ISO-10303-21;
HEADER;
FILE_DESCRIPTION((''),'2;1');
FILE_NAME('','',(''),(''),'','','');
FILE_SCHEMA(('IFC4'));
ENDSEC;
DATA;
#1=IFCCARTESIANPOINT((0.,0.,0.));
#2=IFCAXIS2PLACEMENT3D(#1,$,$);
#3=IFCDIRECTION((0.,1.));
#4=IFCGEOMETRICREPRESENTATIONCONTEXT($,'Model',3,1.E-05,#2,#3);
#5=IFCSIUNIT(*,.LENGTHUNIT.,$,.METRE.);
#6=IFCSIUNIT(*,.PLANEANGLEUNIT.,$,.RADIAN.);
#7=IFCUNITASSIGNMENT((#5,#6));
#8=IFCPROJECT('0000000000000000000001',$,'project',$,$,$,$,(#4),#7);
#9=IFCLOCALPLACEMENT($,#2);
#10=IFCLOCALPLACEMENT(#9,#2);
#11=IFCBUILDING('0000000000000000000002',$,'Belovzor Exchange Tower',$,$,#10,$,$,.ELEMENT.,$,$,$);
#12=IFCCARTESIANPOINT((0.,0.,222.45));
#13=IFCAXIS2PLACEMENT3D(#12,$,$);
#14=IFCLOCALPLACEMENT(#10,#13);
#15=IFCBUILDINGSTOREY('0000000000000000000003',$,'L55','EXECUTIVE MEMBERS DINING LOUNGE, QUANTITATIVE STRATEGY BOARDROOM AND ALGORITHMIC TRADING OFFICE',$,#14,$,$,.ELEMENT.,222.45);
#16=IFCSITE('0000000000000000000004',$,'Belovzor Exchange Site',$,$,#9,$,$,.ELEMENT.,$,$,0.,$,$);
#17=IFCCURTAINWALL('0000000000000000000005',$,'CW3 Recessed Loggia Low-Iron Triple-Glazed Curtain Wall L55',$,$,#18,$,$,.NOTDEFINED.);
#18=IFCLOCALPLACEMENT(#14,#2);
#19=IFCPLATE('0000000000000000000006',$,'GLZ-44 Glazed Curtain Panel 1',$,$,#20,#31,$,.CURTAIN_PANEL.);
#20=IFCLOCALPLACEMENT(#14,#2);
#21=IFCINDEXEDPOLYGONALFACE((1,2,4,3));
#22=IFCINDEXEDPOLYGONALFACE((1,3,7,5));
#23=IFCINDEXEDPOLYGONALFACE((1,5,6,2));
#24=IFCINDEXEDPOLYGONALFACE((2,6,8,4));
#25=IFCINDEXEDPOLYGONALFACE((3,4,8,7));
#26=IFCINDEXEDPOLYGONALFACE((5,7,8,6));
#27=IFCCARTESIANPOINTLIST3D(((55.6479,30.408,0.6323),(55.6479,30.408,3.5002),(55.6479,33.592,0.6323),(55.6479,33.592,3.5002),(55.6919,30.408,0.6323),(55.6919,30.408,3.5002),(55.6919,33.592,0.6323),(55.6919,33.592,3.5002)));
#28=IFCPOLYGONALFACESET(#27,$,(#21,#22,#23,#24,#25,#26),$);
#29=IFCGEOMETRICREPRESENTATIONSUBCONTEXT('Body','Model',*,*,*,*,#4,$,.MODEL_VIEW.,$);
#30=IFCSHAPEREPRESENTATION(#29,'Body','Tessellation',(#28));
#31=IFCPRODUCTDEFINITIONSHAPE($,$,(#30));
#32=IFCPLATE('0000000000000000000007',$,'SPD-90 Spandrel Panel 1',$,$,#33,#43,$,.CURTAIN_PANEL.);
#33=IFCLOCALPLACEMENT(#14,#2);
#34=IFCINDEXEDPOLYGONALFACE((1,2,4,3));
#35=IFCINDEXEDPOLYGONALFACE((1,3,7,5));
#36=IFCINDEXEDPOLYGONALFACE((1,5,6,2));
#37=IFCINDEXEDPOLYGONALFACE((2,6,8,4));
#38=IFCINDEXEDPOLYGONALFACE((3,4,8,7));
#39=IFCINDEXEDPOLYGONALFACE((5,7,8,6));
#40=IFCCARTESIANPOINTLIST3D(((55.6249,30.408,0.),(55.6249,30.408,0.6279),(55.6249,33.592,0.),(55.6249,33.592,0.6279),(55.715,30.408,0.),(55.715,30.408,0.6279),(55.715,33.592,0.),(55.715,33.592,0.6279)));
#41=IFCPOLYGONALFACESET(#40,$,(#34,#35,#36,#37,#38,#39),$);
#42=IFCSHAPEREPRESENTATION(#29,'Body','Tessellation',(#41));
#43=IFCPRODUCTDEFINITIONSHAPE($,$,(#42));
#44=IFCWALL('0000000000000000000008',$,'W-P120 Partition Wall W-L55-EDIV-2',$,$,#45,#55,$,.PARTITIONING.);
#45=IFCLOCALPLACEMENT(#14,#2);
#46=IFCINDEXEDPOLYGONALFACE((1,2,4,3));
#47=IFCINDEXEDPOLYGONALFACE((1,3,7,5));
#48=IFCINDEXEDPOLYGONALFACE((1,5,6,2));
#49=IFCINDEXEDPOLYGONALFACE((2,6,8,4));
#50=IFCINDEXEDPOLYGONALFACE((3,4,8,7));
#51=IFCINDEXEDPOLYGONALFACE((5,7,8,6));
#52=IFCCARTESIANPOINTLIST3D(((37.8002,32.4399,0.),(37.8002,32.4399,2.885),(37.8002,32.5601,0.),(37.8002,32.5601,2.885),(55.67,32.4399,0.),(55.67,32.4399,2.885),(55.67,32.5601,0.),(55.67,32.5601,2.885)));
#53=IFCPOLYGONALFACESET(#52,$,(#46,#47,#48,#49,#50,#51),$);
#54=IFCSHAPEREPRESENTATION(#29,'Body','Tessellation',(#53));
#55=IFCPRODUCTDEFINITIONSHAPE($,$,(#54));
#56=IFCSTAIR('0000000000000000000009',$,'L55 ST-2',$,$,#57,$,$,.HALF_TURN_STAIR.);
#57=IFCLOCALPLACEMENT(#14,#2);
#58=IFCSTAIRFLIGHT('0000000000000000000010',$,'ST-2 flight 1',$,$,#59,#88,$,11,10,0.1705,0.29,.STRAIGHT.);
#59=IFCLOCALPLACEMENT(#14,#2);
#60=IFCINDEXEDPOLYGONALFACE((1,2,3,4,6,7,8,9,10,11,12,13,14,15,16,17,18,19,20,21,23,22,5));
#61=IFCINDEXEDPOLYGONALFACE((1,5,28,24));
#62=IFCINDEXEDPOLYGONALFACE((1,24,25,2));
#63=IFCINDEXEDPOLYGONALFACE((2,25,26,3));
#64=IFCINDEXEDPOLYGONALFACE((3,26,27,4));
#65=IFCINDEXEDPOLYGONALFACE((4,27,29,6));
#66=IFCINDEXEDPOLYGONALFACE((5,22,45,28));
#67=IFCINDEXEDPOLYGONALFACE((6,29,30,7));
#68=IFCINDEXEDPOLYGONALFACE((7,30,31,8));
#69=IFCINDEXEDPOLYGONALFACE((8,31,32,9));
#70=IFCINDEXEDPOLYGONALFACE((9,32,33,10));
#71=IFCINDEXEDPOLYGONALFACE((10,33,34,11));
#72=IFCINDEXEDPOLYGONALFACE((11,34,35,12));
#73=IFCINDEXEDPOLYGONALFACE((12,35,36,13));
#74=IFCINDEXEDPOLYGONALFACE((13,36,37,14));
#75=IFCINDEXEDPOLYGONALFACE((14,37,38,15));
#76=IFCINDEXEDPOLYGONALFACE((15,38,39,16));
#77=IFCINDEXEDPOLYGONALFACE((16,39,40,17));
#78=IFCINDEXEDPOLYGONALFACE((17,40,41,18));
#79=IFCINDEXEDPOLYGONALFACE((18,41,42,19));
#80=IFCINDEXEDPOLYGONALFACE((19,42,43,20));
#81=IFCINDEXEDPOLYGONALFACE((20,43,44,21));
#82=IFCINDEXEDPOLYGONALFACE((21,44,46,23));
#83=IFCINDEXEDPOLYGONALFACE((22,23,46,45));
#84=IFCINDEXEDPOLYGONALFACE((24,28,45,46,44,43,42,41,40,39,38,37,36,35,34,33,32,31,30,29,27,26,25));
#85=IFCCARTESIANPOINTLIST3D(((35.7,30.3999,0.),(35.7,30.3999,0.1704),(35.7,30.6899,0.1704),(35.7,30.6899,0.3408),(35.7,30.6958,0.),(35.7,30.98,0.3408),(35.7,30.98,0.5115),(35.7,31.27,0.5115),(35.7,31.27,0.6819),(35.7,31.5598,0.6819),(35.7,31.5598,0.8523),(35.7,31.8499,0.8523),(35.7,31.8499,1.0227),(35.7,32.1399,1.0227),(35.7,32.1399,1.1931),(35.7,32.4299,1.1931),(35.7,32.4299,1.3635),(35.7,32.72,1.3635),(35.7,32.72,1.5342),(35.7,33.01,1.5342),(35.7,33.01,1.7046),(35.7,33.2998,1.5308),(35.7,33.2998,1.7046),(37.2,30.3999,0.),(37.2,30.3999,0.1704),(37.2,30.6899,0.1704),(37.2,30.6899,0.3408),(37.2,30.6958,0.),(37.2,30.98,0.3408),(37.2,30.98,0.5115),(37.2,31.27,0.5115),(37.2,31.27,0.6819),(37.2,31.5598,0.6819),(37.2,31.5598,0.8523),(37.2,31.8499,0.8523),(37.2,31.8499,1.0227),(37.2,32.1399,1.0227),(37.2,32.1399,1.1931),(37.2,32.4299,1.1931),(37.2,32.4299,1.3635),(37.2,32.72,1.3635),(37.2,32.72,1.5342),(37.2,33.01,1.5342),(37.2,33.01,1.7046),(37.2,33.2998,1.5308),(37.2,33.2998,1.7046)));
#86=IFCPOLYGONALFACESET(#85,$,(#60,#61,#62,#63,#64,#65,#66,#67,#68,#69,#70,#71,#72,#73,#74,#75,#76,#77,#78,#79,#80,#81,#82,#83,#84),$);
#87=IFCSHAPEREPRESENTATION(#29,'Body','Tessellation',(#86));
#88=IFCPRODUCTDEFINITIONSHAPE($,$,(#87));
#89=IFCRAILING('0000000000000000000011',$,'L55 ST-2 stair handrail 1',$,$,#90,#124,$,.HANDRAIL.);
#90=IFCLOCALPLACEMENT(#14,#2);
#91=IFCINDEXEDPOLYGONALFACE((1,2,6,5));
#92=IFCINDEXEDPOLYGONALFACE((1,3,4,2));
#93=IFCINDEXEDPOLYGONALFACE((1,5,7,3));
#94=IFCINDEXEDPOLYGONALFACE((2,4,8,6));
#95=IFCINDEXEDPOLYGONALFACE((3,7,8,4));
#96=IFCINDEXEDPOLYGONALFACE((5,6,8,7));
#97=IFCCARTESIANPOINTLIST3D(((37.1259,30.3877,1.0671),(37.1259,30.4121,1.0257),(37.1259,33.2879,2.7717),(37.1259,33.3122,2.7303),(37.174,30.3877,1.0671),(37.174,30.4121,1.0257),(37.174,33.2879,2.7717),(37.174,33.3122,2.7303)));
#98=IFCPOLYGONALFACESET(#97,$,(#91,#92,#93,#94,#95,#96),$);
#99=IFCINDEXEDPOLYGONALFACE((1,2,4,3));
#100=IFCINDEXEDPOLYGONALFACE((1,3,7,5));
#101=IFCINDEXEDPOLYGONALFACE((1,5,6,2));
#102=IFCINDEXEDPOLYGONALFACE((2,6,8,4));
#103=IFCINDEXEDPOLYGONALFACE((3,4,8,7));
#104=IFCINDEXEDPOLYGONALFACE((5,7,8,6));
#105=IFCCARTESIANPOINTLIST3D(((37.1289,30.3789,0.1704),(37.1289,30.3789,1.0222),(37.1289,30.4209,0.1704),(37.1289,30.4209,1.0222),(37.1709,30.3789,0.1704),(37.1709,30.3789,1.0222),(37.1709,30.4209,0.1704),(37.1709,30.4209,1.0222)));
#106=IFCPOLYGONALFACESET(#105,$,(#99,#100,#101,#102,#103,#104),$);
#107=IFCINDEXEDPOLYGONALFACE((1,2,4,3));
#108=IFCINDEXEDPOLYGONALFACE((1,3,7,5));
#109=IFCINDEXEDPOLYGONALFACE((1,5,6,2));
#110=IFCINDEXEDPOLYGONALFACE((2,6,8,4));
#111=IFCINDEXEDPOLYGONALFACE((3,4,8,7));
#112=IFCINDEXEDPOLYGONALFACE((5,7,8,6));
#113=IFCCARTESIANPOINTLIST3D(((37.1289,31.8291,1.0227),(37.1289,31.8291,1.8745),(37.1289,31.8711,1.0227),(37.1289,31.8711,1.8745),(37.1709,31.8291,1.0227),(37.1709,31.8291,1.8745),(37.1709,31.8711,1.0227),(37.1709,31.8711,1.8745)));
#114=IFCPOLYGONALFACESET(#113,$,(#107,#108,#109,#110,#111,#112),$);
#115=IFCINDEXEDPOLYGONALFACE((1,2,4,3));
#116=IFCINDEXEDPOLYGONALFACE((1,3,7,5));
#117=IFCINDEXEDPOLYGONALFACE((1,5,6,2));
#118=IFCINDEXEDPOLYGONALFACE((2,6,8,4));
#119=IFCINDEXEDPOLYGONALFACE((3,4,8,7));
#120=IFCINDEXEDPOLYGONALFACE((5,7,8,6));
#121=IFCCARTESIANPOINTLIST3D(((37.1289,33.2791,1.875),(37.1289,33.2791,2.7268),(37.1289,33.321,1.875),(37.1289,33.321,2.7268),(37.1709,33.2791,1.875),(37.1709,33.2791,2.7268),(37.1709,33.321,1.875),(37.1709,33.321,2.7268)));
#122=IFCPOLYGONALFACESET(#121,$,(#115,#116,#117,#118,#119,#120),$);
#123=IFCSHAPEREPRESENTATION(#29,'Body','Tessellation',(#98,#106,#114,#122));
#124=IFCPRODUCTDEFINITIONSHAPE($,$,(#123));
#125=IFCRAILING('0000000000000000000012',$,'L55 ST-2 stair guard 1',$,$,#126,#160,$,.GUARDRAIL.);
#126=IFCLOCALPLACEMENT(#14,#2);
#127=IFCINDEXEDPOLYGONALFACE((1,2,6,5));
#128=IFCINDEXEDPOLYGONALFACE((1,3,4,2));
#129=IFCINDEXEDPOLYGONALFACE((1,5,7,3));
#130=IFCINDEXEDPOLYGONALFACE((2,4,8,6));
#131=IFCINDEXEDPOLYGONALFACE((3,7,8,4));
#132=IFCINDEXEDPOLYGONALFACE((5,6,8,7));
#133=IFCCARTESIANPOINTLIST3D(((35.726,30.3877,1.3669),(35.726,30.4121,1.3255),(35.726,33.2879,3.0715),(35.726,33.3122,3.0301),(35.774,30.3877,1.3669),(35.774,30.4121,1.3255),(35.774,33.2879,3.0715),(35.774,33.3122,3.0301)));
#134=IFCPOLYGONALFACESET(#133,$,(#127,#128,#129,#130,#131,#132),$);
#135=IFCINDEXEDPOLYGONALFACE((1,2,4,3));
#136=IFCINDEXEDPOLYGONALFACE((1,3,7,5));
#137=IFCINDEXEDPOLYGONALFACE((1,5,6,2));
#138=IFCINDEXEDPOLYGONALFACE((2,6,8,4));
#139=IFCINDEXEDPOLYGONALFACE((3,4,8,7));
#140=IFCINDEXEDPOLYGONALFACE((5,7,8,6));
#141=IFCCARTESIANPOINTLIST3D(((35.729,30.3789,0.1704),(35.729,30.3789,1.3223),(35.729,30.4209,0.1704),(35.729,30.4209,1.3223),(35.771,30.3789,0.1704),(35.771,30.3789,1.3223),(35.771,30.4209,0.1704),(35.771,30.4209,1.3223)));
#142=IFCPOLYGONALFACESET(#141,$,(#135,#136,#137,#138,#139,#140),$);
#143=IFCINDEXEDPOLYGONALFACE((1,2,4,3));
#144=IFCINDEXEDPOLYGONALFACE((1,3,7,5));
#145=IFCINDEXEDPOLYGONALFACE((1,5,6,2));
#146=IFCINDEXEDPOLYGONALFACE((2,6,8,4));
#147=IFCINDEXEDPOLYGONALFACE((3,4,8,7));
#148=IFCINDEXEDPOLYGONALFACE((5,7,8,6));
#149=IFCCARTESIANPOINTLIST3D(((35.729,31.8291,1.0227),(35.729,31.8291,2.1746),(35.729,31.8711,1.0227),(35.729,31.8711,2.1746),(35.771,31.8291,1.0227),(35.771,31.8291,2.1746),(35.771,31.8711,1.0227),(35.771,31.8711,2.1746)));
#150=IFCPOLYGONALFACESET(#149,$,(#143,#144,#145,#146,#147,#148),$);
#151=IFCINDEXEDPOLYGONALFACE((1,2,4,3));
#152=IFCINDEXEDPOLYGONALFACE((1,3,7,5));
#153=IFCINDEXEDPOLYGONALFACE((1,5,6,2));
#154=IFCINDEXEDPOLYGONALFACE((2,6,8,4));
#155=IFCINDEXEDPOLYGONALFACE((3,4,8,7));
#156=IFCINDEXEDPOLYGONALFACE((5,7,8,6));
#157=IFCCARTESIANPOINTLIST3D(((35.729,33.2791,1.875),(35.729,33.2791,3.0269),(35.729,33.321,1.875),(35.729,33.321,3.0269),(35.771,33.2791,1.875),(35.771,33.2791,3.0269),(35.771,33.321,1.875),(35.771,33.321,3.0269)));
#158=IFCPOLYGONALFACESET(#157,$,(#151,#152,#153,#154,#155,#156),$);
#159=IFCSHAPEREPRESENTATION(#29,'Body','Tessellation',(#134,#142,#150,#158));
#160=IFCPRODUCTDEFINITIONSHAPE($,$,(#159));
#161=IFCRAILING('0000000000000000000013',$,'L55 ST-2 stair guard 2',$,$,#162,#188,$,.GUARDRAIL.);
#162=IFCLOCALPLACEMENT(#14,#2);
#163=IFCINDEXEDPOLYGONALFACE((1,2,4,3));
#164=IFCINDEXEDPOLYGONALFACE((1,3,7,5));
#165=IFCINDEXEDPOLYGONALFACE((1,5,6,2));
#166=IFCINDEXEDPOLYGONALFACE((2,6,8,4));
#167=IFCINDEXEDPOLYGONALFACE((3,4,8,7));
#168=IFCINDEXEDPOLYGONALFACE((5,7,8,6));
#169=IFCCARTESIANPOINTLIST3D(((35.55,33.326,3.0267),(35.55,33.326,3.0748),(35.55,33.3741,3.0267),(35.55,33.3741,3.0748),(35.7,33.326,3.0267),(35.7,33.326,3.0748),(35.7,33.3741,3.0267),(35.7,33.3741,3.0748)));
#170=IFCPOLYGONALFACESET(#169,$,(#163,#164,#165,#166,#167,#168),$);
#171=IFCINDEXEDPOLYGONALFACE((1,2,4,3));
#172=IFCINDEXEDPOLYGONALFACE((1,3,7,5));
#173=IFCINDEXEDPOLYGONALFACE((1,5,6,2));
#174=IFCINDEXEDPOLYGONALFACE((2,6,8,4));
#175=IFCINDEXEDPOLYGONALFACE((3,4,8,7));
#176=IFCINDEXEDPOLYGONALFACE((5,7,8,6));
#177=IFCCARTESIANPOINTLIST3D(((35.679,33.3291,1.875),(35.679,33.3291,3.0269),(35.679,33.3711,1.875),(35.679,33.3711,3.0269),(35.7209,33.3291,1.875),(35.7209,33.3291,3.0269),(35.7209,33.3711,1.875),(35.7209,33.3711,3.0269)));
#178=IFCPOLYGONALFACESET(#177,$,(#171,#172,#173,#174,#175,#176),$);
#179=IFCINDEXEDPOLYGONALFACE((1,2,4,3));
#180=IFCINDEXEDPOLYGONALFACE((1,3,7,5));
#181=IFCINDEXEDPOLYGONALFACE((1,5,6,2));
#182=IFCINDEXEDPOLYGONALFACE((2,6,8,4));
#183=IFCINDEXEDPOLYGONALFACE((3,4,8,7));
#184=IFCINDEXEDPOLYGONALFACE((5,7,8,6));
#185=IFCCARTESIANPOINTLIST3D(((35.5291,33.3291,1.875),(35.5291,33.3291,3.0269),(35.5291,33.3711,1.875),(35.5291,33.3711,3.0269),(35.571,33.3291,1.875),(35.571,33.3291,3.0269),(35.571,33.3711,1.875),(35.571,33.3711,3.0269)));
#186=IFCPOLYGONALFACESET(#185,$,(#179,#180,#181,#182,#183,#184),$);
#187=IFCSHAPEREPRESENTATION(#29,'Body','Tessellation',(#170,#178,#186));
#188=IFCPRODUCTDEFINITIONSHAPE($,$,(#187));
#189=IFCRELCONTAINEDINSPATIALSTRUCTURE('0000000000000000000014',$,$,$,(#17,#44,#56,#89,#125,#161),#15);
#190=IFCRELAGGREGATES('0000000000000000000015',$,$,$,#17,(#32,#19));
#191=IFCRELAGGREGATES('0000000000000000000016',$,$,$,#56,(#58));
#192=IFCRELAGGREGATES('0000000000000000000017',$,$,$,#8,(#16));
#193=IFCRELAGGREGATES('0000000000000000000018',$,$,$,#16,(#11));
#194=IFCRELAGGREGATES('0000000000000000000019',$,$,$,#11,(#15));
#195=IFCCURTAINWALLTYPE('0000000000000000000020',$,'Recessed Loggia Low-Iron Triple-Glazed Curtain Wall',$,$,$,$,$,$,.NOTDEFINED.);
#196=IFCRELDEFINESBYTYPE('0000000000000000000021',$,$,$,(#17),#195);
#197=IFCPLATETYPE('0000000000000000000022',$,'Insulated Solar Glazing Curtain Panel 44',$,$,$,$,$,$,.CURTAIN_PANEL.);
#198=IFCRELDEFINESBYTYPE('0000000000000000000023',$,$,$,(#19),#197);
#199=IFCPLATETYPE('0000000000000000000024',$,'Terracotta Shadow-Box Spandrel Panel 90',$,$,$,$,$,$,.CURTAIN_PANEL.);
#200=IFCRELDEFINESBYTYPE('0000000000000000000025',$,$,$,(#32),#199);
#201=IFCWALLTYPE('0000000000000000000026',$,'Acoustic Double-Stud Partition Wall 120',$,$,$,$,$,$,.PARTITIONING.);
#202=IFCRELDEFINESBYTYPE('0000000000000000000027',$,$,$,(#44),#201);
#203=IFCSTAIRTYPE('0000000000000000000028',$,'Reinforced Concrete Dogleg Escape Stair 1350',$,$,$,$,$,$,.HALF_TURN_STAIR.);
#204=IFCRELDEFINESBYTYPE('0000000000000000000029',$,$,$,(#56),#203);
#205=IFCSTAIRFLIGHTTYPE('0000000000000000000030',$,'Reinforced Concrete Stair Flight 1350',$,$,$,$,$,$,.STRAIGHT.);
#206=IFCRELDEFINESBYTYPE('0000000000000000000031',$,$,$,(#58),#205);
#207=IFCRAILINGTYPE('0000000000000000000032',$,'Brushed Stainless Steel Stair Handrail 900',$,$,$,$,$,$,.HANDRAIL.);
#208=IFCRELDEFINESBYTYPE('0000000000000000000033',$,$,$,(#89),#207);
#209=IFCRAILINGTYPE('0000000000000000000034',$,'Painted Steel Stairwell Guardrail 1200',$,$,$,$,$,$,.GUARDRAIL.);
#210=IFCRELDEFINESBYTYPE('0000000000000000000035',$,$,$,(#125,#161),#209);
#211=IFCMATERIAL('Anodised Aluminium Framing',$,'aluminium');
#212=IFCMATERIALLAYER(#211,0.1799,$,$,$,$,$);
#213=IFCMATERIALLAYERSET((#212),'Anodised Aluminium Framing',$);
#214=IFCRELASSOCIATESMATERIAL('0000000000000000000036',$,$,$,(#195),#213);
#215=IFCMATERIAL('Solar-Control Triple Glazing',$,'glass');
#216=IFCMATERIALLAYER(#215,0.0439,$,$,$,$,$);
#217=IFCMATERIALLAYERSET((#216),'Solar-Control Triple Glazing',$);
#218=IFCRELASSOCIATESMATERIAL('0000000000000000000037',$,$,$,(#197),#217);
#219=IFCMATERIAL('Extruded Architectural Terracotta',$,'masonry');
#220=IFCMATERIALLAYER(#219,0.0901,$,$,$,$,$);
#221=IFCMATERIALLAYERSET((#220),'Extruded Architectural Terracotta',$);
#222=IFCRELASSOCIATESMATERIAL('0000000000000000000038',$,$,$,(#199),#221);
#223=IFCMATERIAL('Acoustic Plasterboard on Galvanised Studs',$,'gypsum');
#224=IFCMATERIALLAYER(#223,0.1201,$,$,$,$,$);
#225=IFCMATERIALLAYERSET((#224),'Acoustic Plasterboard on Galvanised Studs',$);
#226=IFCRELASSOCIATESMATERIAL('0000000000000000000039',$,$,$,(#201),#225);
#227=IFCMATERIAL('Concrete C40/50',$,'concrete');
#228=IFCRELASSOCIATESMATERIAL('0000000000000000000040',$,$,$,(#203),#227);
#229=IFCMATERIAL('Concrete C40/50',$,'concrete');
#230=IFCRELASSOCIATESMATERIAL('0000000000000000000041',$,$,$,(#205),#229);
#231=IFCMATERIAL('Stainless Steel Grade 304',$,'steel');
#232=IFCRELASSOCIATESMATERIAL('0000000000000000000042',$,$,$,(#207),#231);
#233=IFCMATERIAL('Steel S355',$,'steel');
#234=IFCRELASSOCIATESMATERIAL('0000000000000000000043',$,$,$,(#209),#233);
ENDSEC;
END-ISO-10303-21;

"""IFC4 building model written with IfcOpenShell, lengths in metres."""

from ifc_helpers import new_model, si_unit, direction, frame, frame_2d, origin, origin_2d, place, context, subcontext, project, spatial, polyline, rectangle, outline, extrude, material, layer, layer_set, type_object, element, aggregate, save


model = new_model("IFC4")

# Units and contexts
model_context = context("Model", 3, precision=1e-05, world=origin(), true_north=direction((0.0, 1.0)))
body_context = subcontext(model_context, "Body", "Model", "MODEL_VIEW")
ifc_project = project(units=[si_unit("LENGTHUNIT", "METRE"), si_unit("PLANEANGLEUNIT", "RADIAN")], contexts=[model_context])

# Site, building, storey
site_placement = place(None, origin())
site = spatial("IfcSite", under=ifc_project, at=site_placement, Name="Belovzor Exchange Site", CompositionType="ELEMENT", RefElevation=0.0)
building_placement = place(site_placement, origin())
building = spatial("IfcBuilding", under=site, at=building_placement, Name="Belovzor Exchange Tower", CompositionType="ELEMENT")
storey_placement = place(building_placement, frame((0.0, 0.0, 222.45)))
storey = spatial("IfcBuildingStorey", under=building, at=storey_placement, Name="L55", Description="EXECUTIVE MEMBERS DINING LOUNGE, QUANTITATIVE STRATEGY BOARDROOM AND ALGORITHMIC TRADING OFFICE", CompositionType="ELEMENT", Elevation=222.45)

# Curtain wall
ifc_material_1 = material(Name="Anodised Aluminium Framing", Category="aluminium")
ifc_layer_1 = layer(ifc_material_1, 0.1799)
ifc_layer_set_1 = layer_set([ifc_layer_1], Name="Anodised Aluminium Framing")
curtain_wall_type = type_object("IfcCurtainWallType", Name="Recessed Loggia Low-Iron Triple-Glazed Curtain Wall", PredefinedType="NOTDEFINED", material=ifc_layer_set_1)
curtain_wall_placement = place(storey_placement, origin())
curtain_wall = element("IfcCurtainWall", 1, at=curtain_wall_placement, inside=storey, type_object=curtain_wall_type, Name="CW3 Recessed Loggia Low-Iron Triple-Glazed Curtain Wall L55", PredefinedType="NOTDEFINED")

# Plates
ifc_material_2 = material(Name="Solar-Control Triple Glazing", Category="glass")
ifc_layer_2 = layer(ifc_material_2, 0.0439)
ifc_layer_set_2 = layer_set([ifc_layer_2], Name="Solar-Control Triple Glazing")
plate_type_1 = type_object("IfcPlateType", Name="Insulated Solar Glazing Curtain Panel 44", PredefinedType="CURTAIN_PANEL", material=ifc_layer_set_2)
plate_1_placement = place(storey_placement, frame((55.6699, 32.0, 0.6323), z_axis=(0.0, 0.0, 1.0), x_axis=(0.0, -1.0, 0.0)))
plate_1 = element("IfcPlate", 2, at=plate_1_placement, type_object=plate_type_1, Name="GLZ-44 Glazed Curtain Panel 1", PredefinedType="CURTAIN_PANEL", context=body_context, shape_type="SweptSolid", body=[
    extrude(rectangle(XDim=3.1841, YDim=0.0439, at=origin_2d()), origin(), (0.0, 0.0, 1.0), 2.8679),
])
ifc_material_3 = material(Name="Extruded Architectural Terracotta", Category="masonry")
ifc_layer_3 = layer(ifc_material_3, 0.0901)
ifc_layer_set_3 = layer_set([ifc_layer_3], Name="Extruded Architectural Terracotta")
plate_type_2 = type_object("IfcPlateType", Name="Terracotta Shadow-Box Spandrel Panel 90", PredefinedType="CURTAIN_PANEL", material=ifc_layer_set_3)
plate_2_placement = place(storey_placement, frame((55.6699, 32.0, 0.0), z_axis=(0.0, 0.0, 1.0), x_axis=(0.0, -1.0, 0.0)))
plate_2 = element("IfcPlate", 3, at=plate_2_placement, type_object=plate_type_2, Name="SPD-90 Spandrel Panel 1", PredefinedType="CURTAIN_PANEL", context=body_context, shape_type="SweptSolid", body=[
    extrude(rectangle(XDim=3.1841, YDim=0.0901, at=origin_2d()), origin(), (0.0, 0.0, 1.0), 0.6279),
])
aggregate(curtain_wall, [plate_2, plate_1])

# Wall
ifc_material_4 = material(Name="Acoustic Plasterboard on Galvanised Studs", Category="gypsum")
ifc_layer_4 = layer(ifc_material_4, 0.1201)
ifc_layer_set_4 = layer_set([ifc_layer_4], Name="Acoustic Plasterboard on Galvanised Studs")
wall_type = type_object("IfcWallType", Name="Acoustic Double-Stud Partition Wall 120", PredefinedType="PARTITIONING", material=ifc_layer_set_4)
wall_placement = place(storey_placement, frame((37.8, 32.5, 0.0), z_axis=(0.0, 0.0, 1.0), x_axis=(1.0, 0.0, 0.0)))
element("IfcWall", 4, at=wall_placement, inside=storey, type_object=wall_type, Name="W-P120 Partition Wall W-L55-EDIV-2", PredefinedType="PARTITIONING", context=body_context, shape_type="SweptSolid", body=[
    extrude(rectangle(XDim=17.8699, YDim=0.1201, at=frame_2d((8.9351, 0.0))), origin(), (0.0, 0.0, 1.0), 2.885),
])

# Stair, stair flight
ifc_material_5 = material(Name="Concrete C40/50", Category="concrete")
stair_type = type_object("IfcStairType", Name="Reinforced Concrete Dogleg Escape Stair 1350", PredefinedType="HALF_TURN_STAIR", material=ifc_material_5)
stair_placement = place(storey_placement, origin())
stair = element("IfcStair", 5, at=stair_placement, inside=storey, type_object=stair_type, Name="L55 ST-2", PredefinedType="HALF_TURN_STAIR")
ifc_material_6 = material(Name="Concrete C40/50", Category="concrete")
stair_flight_type = type_object("IfcStairFlightType", Name="Reinforced Concrete Stair Flight 1350", PredefinedType="STRAIGHT", material=ifc_material_6)
stair_flight_placement = place(storey_placement, frame((36.45, 30.3999, 0.0), z_axis=(0.0, 0.0, 1.0), x_axis=(0.0, 1.0, 0.0)))
stair_flight = element("IfcStairFlight", 6, at=stair_flight_placement, type_object=stair_flight_type, Name="ST-2 flight 1", NumberOfRisers=11, NumberOfTreads=10, PredefinedType="STRAIGHT", RiserHeight=0.1705, TreadLength=0.29, context=body_context, shape_type="SweptSolid", body=[
    extrude(outline(polyline([(0.0, 0.0), (0.0, 0.1704), (0.29, 0.1704), (0.29, 0.3408), (0.5801, 0.3408), (0.5801, 0.5115), (0.8701, 0.5115), (0.8701, 0.6819), (1.1599, 0.6819), (1.1599, 0.8523), (1.45, 0.8523), (1.45, 1.0227), (1.74, 1.0227), (1.74, 1.1931), (2.03, 1.1931), (2.03, 1.3635), (2.3201, 1.3635), (2.3201, 1.5342), (2.6101, 1.5342), (2.6101, 1.7046), (2.8999, 1.7046), (2.8999, 1.875), (2.8999, 1.5308), (0.2959, 0.0), (0.0, 0.0)])), frame((0.0, 0.75, 0.0), z_axis=(0.0, -1.0, 0.0), x_axis=(1.0, 0.0, 0.0)), (0.0, 0.0, 1.0), 1.5),
])
aggregate(stair, [stair_flight])

# Railings
ifc_material_7 = material(Name="Stainless Steel Grade 304", Category="steel")
railing_type_1 = type_object("IfcRailingType", Name="Brushed Stainless Steel Stair Handrail 900", PredefinedType="HANDRAIL", material=ifc_material_7)
railing_1_placement = place(storey_placement, frame((37.1499, 30.3999, 0.1704)))
element("IfcRailing", 7, at=railing_1_placement, inside=storey, type_object=railing_type_1, Name="L55 ST-2 stair handrail 1", PredefinedType="HANDRAIL", context=body_context, shape_type="SweptSolid", body=[
    extrude(rectangle(XDim=0.0481, YDim=0.0481, at=origin_2d()), frame((0.0, 0.0, 0.876), z_axis=(0.0, 0.862113, 0.506716), x_axis=(-1.0, 0.0, 0.0)), (0.0, 0.0, 1.0), 3.364),
    extrude(rectangle(XDim=0.042, YDim=0.042, at=origin_2d()), origin(), (0.0, 0.0, 1.0), 0.8518),
    extrude(rectangle(XDim=0.042, YDim=0.042, at=origin_2d()), frame((0.0, 1.4502, 0.8523)), (0.0, 0.0, 1.0), 0.8518),
    extrude(rectangle(XDim=0.042, YDim=0.042, at=origin_2d()), frame((0.0, 2.9001, 1.7046)), (0.0, 0.0, 1.0), 0.8518),
])
ifc_material_8 = material(Name="Steel S355", Category="steel")
railing_type_2 = type_object("IfcRailingType", Name="Painted Steel Stairwell Guardrail 1200", PredefinedType="GUARDRAIL", material=ifc_material_8)
railing_2_placement = place(storey_placement, frame((35.75, 30.3999, 0.1704)))
element("IfcRailing", 8, at=railing_2_placement, inside=storey, type_object=railing_type_2, Name="L55 ST-2 stair guard 1", PredefinedType="GUARDRAIL", context=body_context, shape_type="SweptSolid", body=[
    extrude(rectangle(XDim=0.0481, YDim=0.0481, at=origin_2d()), frame((0.0, 0.0, 1.1758), z_axis=(0.0, 0.862113, 0.506716), x_axis=(-1.0, 0.0, 0.0)), (0.0, 0.0, 1.0), 3.364),
    extrude(rectangle(XDim=0.042, YDim=0.042, at=origin_2d()), origin(), (0.0, 0.0, 1.0), 1.1519),
    extrude(rectangle(XDim=0.042, YDim=0.042, at=origin_2d()), frame((0.0, 1.4502, 0.8523)), (0.0, 0.0, 1.0), 1.1519),
    extrude(rectangle(XDim=0.042, YDim=0.042, at=origin_2d()), frame((0.0, 2.9001, 1.7046)), (0.0, 0.0, 1.0), 1.1519),
])
for number, where, name in (
    (9, (35.7, 33.3501, 1.875), "L55 ST-2 stair guard 2"),
):
    element("IfcRailing", number, at=place(storey_placement, frame(where)), inside=storey, type_object=railing_type_2, Name=name, PredefinedType="GUARDRAIL", context=body_context, shape_type="SweptSolid", body=[
        extrude(rectangle(XDim=0.0481, YDim=0.0481, at=origin_2d()), frame((0.0, 0.0, 1.1758), z_axis=(-1.0, 0.0, 0.0), x_axis=(0.0, -1.0, 0.0)), (0.0, 0.0, 1.0), 0.1499),
        extrude(rectangle(XDim=0.042, YDim=0.042, at=origin_2d()), origin(), (0.0, 0.0, 1.0), 1.1519),
        extrude(rectangle(XDim=0.042, YDim=0.042, at=origin_2d()), frame((-0.1499, 0.0, 0.0)), (0.0, 0.0, 1.0), 1.1519),
    ])

save(model, "model.ifc")
